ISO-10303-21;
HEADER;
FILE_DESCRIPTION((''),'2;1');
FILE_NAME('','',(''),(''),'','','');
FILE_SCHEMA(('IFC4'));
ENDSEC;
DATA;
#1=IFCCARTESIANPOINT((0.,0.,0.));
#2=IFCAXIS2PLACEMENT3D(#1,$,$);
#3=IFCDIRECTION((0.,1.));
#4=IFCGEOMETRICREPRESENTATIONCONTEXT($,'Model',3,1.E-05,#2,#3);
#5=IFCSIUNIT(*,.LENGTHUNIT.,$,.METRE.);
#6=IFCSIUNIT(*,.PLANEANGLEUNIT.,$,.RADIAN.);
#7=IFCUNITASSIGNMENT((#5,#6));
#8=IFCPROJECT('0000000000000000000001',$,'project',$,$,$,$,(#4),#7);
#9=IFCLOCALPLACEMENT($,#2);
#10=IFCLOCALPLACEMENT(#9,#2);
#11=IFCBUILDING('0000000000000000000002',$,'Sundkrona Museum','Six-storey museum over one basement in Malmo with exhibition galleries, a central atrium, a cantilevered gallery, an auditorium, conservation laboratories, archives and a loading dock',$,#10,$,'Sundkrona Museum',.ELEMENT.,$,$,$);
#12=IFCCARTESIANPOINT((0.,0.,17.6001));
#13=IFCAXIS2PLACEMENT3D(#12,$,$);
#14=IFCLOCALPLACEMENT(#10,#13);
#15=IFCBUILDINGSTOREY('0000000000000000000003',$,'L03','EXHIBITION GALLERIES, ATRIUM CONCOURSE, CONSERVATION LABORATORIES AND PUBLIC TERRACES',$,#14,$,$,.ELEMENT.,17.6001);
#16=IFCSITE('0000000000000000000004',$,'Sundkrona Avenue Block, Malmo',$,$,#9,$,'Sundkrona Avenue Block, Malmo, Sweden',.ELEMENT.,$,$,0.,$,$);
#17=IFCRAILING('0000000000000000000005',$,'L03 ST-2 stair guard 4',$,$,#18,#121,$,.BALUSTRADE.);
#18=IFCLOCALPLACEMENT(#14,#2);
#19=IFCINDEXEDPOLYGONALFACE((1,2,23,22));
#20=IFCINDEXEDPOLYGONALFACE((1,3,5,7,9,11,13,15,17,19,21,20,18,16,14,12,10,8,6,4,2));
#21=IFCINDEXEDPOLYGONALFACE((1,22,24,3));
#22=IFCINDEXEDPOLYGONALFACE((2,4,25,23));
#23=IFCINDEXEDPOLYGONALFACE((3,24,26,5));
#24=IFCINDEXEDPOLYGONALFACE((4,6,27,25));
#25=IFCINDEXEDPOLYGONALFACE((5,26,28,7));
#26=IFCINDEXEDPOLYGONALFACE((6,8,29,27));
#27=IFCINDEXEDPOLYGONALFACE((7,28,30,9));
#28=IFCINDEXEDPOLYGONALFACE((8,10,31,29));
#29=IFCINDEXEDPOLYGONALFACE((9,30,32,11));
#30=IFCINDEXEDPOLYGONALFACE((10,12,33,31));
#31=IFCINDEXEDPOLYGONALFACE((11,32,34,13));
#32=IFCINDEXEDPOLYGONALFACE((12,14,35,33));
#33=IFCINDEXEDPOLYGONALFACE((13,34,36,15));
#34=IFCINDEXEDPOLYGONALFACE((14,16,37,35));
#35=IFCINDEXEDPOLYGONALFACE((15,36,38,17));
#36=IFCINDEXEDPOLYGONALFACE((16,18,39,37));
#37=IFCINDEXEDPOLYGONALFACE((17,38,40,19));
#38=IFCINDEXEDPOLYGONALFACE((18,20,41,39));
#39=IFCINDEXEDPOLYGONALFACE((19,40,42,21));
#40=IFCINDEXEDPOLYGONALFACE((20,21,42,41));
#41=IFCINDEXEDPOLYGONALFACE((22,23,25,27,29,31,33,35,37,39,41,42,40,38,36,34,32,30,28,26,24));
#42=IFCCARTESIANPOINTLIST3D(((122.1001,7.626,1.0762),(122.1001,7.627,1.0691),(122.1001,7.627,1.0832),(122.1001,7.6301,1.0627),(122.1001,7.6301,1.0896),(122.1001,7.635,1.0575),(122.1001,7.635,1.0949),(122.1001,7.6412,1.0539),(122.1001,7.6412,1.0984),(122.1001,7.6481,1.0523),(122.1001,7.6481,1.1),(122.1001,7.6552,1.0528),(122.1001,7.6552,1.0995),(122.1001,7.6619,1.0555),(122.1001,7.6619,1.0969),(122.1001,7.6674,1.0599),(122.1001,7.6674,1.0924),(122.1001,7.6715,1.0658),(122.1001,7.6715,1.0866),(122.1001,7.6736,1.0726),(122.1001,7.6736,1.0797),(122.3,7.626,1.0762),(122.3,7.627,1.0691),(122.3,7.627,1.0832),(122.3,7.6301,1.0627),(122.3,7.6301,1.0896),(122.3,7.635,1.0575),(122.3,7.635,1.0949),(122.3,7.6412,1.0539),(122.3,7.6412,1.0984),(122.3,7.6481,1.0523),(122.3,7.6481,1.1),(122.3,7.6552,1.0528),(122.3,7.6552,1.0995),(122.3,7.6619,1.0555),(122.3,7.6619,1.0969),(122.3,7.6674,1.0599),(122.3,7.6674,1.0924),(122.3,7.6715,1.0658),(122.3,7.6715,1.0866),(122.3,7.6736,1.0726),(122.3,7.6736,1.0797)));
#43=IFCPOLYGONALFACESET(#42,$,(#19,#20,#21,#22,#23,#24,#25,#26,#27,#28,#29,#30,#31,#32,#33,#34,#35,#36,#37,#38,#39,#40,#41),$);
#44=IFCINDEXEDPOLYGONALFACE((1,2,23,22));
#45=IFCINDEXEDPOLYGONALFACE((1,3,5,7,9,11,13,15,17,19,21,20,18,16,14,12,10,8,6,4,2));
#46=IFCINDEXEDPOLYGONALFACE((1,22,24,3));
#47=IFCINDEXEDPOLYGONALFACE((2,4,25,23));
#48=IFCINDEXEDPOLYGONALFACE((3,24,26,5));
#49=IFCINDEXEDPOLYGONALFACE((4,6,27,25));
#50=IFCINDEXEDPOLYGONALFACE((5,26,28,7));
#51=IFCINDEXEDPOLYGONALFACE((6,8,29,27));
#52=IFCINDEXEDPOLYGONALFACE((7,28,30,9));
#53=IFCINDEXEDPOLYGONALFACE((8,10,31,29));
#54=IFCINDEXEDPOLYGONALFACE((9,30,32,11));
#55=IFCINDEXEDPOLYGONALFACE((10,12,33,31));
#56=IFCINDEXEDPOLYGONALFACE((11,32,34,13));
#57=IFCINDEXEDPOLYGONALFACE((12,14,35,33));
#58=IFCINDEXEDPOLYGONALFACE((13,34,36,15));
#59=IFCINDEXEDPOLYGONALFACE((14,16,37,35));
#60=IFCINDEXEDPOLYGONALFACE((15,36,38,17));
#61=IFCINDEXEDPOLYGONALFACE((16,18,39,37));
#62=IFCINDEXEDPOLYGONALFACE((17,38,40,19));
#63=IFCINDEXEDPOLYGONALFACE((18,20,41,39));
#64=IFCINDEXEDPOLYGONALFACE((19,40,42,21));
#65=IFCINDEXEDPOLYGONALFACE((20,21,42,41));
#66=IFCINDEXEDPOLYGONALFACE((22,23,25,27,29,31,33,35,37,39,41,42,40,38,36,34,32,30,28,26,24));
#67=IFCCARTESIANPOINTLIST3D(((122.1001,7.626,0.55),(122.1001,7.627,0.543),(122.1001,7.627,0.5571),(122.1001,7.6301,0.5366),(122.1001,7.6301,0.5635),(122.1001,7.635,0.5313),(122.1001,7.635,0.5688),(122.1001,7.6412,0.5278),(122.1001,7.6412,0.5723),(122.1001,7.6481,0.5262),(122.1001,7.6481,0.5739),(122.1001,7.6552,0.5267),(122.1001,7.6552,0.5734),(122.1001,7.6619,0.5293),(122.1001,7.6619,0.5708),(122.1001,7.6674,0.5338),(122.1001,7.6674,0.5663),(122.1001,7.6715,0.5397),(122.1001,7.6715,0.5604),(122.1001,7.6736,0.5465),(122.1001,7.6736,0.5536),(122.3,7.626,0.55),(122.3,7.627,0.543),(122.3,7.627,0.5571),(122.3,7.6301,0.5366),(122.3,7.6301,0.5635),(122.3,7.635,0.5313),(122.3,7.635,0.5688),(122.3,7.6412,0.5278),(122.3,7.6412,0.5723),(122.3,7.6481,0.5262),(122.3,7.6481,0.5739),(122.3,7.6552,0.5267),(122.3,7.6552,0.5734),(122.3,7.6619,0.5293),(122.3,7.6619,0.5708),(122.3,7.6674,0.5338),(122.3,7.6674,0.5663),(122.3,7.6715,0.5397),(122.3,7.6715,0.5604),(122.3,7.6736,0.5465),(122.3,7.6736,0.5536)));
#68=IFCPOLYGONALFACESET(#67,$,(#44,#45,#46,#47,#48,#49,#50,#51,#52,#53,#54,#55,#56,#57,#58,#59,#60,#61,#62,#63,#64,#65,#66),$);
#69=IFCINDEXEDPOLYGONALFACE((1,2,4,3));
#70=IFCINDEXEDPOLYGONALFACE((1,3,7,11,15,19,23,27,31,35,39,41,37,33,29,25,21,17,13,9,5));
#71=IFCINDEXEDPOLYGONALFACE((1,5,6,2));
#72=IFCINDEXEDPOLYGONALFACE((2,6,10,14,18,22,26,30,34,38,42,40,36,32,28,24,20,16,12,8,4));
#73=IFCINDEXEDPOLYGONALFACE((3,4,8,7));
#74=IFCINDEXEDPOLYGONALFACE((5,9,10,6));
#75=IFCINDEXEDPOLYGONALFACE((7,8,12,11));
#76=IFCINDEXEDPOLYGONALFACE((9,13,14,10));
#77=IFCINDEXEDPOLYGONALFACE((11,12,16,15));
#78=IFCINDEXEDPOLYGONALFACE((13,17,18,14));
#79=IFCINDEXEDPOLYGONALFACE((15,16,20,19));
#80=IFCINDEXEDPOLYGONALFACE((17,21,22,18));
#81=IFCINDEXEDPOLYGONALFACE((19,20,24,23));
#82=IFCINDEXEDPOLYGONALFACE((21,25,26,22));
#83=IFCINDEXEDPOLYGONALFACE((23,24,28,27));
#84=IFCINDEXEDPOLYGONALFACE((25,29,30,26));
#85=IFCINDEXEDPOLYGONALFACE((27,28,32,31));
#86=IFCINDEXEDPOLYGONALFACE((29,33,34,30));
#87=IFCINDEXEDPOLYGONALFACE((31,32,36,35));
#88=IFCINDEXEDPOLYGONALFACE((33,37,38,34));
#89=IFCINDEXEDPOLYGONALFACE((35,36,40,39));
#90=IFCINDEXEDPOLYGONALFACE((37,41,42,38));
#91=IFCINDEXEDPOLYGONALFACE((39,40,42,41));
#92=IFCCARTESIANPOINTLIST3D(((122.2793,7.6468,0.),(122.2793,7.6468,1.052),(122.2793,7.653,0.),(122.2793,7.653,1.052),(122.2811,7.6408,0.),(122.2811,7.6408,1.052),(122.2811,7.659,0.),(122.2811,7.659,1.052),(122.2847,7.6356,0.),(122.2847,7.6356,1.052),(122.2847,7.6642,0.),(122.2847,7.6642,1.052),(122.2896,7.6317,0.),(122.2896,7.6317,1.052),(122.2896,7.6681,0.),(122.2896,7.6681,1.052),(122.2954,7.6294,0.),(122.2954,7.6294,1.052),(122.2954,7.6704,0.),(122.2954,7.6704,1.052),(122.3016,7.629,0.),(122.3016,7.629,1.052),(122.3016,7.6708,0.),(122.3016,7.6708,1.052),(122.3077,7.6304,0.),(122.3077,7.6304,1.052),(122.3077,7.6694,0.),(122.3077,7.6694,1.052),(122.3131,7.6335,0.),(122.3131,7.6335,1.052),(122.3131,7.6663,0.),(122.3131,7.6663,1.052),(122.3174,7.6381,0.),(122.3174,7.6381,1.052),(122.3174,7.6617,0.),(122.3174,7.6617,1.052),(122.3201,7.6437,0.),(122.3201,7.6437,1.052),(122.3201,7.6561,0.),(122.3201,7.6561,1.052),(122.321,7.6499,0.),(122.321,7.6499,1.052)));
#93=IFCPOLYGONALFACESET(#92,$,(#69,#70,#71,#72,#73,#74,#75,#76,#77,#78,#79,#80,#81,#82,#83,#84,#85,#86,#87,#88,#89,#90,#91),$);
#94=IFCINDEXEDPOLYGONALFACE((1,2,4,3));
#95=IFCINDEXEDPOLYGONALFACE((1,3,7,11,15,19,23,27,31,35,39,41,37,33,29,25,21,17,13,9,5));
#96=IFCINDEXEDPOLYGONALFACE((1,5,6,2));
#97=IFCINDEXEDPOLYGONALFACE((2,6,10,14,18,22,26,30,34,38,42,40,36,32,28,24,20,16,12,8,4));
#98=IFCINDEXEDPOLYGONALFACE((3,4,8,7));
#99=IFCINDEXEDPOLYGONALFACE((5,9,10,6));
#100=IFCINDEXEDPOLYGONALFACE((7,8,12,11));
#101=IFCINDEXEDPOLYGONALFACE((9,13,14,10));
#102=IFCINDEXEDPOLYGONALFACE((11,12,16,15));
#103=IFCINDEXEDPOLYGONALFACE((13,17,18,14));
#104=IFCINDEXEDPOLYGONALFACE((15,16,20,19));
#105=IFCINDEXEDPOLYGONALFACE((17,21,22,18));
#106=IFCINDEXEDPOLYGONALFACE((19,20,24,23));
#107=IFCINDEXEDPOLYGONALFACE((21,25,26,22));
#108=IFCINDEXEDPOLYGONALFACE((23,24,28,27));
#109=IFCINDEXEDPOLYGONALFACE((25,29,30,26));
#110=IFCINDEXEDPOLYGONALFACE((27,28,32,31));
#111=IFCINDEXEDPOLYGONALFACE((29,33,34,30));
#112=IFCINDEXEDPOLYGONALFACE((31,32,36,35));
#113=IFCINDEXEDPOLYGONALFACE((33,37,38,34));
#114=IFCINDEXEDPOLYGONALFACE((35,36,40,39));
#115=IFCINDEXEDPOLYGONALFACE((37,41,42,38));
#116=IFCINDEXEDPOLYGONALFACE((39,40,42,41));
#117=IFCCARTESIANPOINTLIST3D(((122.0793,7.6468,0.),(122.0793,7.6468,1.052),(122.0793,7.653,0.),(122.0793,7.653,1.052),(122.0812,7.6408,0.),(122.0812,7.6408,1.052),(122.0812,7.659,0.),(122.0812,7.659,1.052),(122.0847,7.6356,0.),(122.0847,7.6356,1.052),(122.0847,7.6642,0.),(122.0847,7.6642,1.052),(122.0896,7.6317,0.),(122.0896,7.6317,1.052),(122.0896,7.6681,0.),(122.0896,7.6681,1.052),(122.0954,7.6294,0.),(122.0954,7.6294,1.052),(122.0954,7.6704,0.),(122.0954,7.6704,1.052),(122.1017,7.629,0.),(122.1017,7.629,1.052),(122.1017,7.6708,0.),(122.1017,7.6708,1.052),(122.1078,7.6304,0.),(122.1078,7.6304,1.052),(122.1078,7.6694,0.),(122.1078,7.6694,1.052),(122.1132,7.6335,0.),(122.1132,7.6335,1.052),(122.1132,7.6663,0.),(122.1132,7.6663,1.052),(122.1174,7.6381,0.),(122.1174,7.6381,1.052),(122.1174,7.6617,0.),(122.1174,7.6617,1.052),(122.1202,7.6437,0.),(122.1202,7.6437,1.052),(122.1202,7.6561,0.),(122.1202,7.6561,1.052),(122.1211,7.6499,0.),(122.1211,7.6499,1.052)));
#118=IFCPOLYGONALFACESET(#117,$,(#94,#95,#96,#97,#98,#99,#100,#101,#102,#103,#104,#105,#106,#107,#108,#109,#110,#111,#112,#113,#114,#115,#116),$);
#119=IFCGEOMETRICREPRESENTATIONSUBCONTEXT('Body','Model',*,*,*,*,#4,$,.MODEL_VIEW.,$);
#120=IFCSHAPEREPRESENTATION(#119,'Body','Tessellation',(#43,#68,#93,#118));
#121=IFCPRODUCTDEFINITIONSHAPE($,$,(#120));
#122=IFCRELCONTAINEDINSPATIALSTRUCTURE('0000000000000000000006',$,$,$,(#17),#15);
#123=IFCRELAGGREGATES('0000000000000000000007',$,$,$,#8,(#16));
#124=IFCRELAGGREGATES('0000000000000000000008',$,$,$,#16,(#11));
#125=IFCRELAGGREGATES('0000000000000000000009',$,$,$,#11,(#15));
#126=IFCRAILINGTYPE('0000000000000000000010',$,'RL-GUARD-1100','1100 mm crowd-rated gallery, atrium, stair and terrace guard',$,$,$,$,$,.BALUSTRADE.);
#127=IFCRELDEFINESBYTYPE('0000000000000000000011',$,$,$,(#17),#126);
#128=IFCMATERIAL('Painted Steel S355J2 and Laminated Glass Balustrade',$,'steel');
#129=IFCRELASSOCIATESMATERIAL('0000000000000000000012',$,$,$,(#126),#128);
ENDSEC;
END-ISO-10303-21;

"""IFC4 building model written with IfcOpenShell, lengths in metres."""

from ifc_helpers import new_model, si_unit, direction, frame, origin, origin_2d, place, context, subcontext, project, spatial, circle, extrude, material, type_object, element, save


model = new_model("IFC4")

# Units and contexts
model_context = context("Model", 3, precision=1e-05, world=origin(), true_north=direction((0.0, 1.0)))
body_context = subcontext(model_context, "Body", "Model", "MODEL_VIEW")
ifc_project = project(units=[si_unit("LENGTHUNIT", "METRE"), si_unit("PLANEANGLEUNIT", "RADIAN")], contexts=[model_context])

# Site, building, storey
site_placement = place(None, origin())
site = spatial("IfcSite", under=ifc_project, at=site_placement, Name="Sundkrona Avenue Block, Malmo", LongName="Sundkrona Avenue Block, Malmo, Sweden", CompositionType="ELEMENT", RefElevation=0.0)
building_placement = place(site_placement, origin())
building = spatial("IfcBuilding", under=site, at=building_placement, Name="Sundkrona Museum", Description="Six-storey museum over one basement in Malmo with exhibition galleries, a central atrium, a cantilevered gallery, an auditorium, conservation laboratories, archives and a loading dock", LongName="Sundkrona Museum", CompositionType="ELEMENT")
storey_placement = place(building_placement, frame((0.0, 0.0, 17.6001)))
storey = spatial("IfcBuildingStorey", under=building, at=storey_placement, Name="L03", Description="EXHIBITION GALLERIES, ATRIUM CONCOURSE, CONSERVATION LABORATORIES AND PUBLIC TERRACES", CompositionType="ELEMENT", Elevation=17.6001)

# Railing
ifc_material_1 = material(Name="Painted Steel S355J2 and Laminated Glass Balustrade", Category="steel")
railing_type_1 = type_object("IfcRailingType", Name="RL-GUARD-1100", Description="1100 mm crowd-rated gallery, atrium, stair and terrace guard", PredefinedType="BALUSTRADE", material=ifc_material_1)
railing_1_placement = place(storey_placement, frame((122.3, 7.6499, 0.0)))
element("IfcRailing", 1, at=railing_1_placement, inside=storey, type_object=railing_type_1, Name="L03 ST-2 stair guard 4", PredefinedType="BALUSTRADE", context=body_context, shape_type="SweptSolid", body=[
    extrude(circle(Radius=0.0239, at=origin_2d()), frame((0.0, 0.0, 1.0762), z_axis=(-1.0, 0.0, 0.0), x_axis=(0.0, -1.0, 0.0)), (0.0, 0.0, 1.0), 0.2),
    extrude(circle(Radius=0.0239, at=origin_2d()), frame((0.0, 0.0, 0.55), z_axis=(-1.0, 0.0, 0.0), x_axis=(0.0, -1.0, 0.0)), (0.0, 0.0, 1.0), 0.2),
    extrude(circle(Radius=0.021, at=origin_2d()), origin(), (0.0, 0.0, 1.0), 1.052),
    extrude(circle(Radius=0.021, at=origin_2d()), frame((-0.2, 0.0, 0.0)), (0.0, 0.0, 1.0), 1.052),
])

save(model, "model.ifc")
